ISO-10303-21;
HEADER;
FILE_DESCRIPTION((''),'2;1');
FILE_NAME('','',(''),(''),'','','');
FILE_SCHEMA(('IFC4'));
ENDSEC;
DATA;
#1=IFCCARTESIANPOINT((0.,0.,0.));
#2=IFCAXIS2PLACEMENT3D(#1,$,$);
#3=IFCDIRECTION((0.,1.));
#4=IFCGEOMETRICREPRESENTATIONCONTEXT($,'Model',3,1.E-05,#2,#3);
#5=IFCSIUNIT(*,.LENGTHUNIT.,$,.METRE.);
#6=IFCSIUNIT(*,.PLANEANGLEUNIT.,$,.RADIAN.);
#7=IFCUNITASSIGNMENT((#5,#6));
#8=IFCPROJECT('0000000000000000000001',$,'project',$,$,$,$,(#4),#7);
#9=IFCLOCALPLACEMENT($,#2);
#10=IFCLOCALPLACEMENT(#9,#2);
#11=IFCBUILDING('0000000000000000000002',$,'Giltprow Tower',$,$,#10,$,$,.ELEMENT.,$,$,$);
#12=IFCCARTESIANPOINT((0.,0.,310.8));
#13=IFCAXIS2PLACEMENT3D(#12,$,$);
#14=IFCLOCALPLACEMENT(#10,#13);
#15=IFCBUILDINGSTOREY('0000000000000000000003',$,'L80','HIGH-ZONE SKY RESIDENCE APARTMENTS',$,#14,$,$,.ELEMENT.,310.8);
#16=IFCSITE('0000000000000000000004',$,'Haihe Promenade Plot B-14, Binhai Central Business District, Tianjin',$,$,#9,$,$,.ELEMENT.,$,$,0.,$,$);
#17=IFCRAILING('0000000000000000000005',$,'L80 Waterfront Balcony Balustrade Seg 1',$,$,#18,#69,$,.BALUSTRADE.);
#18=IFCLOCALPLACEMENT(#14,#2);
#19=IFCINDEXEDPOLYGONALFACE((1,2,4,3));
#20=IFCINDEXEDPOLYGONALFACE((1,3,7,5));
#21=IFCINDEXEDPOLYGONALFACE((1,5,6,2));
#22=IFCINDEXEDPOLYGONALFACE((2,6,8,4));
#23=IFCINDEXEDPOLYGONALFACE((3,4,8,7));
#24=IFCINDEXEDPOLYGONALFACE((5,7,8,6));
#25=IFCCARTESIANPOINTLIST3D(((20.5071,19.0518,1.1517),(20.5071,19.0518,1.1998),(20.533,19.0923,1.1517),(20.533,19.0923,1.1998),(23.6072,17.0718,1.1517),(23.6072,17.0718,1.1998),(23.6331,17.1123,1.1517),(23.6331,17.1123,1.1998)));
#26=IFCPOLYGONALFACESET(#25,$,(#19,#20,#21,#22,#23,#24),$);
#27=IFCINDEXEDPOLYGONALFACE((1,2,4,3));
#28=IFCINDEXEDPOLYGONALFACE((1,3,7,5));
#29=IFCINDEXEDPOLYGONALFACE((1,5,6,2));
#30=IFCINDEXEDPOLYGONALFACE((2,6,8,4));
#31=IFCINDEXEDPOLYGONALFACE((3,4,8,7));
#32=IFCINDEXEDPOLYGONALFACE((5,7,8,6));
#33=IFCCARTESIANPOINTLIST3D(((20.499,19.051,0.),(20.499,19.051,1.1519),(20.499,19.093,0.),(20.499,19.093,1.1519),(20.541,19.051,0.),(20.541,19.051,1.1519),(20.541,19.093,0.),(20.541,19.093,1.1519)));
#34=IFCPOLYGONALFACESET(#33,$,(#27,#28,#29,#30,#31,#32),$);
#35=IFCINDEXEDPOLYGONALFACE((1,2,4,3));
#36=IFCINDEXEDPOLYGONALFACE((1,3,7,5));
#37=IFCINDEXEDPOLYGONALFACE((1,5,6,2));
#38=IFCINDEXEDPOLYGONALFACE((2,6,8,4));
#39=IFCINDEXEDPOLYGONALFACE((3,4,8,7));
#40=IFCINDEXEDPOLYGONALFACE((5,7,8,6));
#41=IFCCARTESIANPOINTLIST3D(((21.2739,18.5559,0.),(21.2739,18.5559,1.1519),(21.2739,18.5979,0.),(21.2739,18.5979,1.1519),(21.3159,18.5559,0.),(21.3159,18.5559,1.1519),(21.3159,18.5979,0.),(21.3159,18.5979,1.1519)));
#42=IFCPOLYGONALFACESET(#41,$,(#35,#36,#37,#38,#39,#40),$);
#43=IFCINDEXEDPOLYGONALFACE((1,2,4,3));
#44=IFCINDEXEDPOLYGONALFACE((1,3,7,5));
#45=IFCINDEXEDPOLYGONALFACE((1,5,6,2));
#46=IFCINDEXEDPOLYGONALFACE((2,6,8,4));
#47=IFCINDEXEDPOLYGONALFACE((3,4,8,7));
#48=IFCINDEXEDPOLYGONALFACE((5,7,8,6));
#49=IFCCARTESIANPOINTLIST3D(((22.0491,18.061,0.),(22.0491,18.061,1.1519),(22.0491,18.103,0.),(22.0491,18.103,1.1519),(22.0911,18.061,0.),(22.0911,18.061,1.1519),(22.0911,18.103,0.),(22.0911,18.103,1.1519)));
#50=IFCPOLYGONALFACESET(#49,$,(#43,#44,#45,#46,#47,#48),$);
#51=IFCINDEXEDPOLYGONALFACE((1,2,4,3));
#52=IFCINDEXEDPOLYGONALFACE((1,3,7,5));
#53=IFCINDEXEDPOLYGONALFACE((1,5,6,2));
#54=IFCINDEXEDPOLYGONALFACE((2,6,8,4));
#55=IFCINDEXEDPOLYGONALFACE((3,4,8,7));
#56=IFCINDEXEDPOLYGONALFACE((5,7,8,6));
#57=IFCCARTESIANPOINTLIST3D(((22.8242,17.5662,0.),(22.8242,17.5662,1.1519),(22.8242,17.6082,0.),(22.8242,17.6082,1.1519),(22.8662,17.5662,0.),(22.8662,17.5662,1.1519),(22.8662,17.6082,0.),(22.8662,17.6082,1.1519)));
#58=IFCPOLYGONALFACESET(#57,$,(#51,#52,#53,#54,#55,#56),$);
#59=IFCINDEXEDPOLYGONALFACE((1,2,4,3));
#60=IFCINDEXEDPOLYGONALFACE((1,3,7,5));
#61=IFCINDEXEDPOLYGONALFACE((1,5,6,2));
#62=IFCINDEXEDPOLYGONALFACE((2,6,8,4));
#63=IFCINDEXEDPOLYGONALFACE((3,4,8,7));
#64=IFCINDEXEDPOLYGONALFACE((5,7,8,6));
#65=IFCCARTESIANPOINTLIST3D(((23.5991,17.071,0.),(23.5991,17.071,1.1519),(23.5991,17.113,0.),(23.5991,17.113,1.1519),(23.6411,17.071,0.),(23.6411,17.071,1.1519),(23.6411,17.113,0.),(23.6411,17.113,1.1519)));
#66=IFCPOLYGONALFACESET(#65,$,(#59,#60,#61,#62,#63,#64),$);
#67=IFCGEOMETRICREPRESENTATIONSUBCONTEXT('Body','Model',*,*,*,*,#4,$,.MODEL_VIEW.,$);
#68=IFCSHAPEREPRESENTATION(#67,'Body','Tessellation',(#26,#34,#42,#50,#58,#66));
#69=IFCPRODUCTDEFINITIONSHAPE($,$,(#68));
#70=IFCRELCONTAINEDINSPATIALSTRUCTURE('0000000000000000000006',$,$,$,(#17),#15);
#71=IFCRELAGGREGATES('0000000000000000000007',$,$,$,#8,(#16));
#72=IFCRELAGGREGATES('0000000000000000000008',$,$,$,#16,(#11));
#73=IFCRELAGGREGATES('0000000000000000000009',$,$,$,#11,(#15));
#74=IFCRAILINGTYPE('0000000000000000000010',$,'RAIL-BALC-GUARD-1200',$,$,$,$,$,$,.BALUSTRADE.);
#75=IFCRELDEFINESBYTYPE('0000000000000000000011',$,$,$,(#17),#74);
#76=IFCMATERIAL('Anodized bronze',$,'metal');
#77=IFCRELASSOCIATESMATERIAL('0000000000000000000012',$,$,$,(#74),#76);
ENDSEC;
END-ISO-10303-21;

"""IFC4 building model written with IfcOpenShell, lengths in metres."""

from ifc_helpers import new_model, si_unit, direction, frame, origin, origin_2d, place, context, subcontext, project, spatial, rectangle, extrude, material, type_object, element, save


model = new_model("IFC4")

# Units and contexts
model_context = context("Model", 3, precision=1e-05, world=origin(), true_north=direction((0.0, 1.0)))
body_context = subcontext(model_context, "Body", "Model", "MODEL_VIEW")
ifc_project = project(units=[si_unit("LENGTHUNIT", "METRE"), si_unit("PLANEANGLEUNIT", "RADIAN")], contexts=[model_context])

# Site, building, storey
site_placement = place(None, origin())
site = spatial("IfcSite", under=ifc_project, at=site_placement, Name="Haihe Promenade Plot B-14, Binhai Central Business District, Tianjin", CompositionType="ELEMENT", RefElevation=0.0)
building_placement = place(site_placement, origin())
building = spatial("IfcBuilding", under=site, at=building_placement, Name="Giltprow Tower", CompositionType="ELEMENT")
storey_placement = place(building_placement, frame((0.0, 0.0, 310.8)))
storey = spatial("IfcBuildingStorey", under=building, at=storey_placement, Name="L80", Description="HIGH-ZONE SKY RESIDENCE APARTMENTS", CompositionType="ELEMENT", Elevation=310.8)

# Shared definitions
ifc_material_1 = material(Name="Anodized bronze", Category="metal")

# Railing
railing_type = type_object("IfcRailingType", Name="RAIL-BALC-GUARD-1200", PredefinedType="BALUSTRADE", material=ifc_material_1)
railing_1_placement = place(storey_placement, frame((20.52, 19.072, 0.0)))
element("IfcRailing", 1, at=railing_1_placement, inside=storey, type_object=railing_type, Name="L80 Waterfront Balcony Balustrade Seg 1", PredefinedType="BALUSTRADE", context=body_context, shape_type="SweptSolid", body=[
    extrude(rectangle(XDim=0.0481, YDim=0.0481, at=origin_2d()), frame((0.0, 0.0, 1.1758), z_axis=(0.842775, -0.538266, 0.0), x_axis=(0.538266, 0.842775, 0.0)), (0.0, 0.0, 1.0), 3.6785),
    extrude(rectangle(XDim=0.042, YDim=0.042, at=origin_2d()), origin(), (0.0, 0.0, 1.0), 1.1519),
    extrude(rectangle(XDim=0.042, YDim=0.042, at=origin_2d()), frame((0.7749, -0.4951, 0.0)), (0.0, 0.0, 1.0), 1.1519),
    extrude(rectangle(XDim=0.042, YDim=0.042, at=origin_2d()), frame((1.55, -0.99, 0.0)), (0.0, 0.0, 1.0), 1.1519),
    extrude(rectangle(XDim=0.042, YDim=0.042, at=origin_2d()), frame((2.3252, -1.4849, 0.0)), (0.0, 0.0, 1.0), 1.1519),
    extrude(rectangle(XDim=0.042, YDim=0.042, at=origin_2d()), frame((3.1001, -1.98, 0.0)), (0.0, 0.0, 1.0), 1.1519),
])

save(model, "model.ifc")
